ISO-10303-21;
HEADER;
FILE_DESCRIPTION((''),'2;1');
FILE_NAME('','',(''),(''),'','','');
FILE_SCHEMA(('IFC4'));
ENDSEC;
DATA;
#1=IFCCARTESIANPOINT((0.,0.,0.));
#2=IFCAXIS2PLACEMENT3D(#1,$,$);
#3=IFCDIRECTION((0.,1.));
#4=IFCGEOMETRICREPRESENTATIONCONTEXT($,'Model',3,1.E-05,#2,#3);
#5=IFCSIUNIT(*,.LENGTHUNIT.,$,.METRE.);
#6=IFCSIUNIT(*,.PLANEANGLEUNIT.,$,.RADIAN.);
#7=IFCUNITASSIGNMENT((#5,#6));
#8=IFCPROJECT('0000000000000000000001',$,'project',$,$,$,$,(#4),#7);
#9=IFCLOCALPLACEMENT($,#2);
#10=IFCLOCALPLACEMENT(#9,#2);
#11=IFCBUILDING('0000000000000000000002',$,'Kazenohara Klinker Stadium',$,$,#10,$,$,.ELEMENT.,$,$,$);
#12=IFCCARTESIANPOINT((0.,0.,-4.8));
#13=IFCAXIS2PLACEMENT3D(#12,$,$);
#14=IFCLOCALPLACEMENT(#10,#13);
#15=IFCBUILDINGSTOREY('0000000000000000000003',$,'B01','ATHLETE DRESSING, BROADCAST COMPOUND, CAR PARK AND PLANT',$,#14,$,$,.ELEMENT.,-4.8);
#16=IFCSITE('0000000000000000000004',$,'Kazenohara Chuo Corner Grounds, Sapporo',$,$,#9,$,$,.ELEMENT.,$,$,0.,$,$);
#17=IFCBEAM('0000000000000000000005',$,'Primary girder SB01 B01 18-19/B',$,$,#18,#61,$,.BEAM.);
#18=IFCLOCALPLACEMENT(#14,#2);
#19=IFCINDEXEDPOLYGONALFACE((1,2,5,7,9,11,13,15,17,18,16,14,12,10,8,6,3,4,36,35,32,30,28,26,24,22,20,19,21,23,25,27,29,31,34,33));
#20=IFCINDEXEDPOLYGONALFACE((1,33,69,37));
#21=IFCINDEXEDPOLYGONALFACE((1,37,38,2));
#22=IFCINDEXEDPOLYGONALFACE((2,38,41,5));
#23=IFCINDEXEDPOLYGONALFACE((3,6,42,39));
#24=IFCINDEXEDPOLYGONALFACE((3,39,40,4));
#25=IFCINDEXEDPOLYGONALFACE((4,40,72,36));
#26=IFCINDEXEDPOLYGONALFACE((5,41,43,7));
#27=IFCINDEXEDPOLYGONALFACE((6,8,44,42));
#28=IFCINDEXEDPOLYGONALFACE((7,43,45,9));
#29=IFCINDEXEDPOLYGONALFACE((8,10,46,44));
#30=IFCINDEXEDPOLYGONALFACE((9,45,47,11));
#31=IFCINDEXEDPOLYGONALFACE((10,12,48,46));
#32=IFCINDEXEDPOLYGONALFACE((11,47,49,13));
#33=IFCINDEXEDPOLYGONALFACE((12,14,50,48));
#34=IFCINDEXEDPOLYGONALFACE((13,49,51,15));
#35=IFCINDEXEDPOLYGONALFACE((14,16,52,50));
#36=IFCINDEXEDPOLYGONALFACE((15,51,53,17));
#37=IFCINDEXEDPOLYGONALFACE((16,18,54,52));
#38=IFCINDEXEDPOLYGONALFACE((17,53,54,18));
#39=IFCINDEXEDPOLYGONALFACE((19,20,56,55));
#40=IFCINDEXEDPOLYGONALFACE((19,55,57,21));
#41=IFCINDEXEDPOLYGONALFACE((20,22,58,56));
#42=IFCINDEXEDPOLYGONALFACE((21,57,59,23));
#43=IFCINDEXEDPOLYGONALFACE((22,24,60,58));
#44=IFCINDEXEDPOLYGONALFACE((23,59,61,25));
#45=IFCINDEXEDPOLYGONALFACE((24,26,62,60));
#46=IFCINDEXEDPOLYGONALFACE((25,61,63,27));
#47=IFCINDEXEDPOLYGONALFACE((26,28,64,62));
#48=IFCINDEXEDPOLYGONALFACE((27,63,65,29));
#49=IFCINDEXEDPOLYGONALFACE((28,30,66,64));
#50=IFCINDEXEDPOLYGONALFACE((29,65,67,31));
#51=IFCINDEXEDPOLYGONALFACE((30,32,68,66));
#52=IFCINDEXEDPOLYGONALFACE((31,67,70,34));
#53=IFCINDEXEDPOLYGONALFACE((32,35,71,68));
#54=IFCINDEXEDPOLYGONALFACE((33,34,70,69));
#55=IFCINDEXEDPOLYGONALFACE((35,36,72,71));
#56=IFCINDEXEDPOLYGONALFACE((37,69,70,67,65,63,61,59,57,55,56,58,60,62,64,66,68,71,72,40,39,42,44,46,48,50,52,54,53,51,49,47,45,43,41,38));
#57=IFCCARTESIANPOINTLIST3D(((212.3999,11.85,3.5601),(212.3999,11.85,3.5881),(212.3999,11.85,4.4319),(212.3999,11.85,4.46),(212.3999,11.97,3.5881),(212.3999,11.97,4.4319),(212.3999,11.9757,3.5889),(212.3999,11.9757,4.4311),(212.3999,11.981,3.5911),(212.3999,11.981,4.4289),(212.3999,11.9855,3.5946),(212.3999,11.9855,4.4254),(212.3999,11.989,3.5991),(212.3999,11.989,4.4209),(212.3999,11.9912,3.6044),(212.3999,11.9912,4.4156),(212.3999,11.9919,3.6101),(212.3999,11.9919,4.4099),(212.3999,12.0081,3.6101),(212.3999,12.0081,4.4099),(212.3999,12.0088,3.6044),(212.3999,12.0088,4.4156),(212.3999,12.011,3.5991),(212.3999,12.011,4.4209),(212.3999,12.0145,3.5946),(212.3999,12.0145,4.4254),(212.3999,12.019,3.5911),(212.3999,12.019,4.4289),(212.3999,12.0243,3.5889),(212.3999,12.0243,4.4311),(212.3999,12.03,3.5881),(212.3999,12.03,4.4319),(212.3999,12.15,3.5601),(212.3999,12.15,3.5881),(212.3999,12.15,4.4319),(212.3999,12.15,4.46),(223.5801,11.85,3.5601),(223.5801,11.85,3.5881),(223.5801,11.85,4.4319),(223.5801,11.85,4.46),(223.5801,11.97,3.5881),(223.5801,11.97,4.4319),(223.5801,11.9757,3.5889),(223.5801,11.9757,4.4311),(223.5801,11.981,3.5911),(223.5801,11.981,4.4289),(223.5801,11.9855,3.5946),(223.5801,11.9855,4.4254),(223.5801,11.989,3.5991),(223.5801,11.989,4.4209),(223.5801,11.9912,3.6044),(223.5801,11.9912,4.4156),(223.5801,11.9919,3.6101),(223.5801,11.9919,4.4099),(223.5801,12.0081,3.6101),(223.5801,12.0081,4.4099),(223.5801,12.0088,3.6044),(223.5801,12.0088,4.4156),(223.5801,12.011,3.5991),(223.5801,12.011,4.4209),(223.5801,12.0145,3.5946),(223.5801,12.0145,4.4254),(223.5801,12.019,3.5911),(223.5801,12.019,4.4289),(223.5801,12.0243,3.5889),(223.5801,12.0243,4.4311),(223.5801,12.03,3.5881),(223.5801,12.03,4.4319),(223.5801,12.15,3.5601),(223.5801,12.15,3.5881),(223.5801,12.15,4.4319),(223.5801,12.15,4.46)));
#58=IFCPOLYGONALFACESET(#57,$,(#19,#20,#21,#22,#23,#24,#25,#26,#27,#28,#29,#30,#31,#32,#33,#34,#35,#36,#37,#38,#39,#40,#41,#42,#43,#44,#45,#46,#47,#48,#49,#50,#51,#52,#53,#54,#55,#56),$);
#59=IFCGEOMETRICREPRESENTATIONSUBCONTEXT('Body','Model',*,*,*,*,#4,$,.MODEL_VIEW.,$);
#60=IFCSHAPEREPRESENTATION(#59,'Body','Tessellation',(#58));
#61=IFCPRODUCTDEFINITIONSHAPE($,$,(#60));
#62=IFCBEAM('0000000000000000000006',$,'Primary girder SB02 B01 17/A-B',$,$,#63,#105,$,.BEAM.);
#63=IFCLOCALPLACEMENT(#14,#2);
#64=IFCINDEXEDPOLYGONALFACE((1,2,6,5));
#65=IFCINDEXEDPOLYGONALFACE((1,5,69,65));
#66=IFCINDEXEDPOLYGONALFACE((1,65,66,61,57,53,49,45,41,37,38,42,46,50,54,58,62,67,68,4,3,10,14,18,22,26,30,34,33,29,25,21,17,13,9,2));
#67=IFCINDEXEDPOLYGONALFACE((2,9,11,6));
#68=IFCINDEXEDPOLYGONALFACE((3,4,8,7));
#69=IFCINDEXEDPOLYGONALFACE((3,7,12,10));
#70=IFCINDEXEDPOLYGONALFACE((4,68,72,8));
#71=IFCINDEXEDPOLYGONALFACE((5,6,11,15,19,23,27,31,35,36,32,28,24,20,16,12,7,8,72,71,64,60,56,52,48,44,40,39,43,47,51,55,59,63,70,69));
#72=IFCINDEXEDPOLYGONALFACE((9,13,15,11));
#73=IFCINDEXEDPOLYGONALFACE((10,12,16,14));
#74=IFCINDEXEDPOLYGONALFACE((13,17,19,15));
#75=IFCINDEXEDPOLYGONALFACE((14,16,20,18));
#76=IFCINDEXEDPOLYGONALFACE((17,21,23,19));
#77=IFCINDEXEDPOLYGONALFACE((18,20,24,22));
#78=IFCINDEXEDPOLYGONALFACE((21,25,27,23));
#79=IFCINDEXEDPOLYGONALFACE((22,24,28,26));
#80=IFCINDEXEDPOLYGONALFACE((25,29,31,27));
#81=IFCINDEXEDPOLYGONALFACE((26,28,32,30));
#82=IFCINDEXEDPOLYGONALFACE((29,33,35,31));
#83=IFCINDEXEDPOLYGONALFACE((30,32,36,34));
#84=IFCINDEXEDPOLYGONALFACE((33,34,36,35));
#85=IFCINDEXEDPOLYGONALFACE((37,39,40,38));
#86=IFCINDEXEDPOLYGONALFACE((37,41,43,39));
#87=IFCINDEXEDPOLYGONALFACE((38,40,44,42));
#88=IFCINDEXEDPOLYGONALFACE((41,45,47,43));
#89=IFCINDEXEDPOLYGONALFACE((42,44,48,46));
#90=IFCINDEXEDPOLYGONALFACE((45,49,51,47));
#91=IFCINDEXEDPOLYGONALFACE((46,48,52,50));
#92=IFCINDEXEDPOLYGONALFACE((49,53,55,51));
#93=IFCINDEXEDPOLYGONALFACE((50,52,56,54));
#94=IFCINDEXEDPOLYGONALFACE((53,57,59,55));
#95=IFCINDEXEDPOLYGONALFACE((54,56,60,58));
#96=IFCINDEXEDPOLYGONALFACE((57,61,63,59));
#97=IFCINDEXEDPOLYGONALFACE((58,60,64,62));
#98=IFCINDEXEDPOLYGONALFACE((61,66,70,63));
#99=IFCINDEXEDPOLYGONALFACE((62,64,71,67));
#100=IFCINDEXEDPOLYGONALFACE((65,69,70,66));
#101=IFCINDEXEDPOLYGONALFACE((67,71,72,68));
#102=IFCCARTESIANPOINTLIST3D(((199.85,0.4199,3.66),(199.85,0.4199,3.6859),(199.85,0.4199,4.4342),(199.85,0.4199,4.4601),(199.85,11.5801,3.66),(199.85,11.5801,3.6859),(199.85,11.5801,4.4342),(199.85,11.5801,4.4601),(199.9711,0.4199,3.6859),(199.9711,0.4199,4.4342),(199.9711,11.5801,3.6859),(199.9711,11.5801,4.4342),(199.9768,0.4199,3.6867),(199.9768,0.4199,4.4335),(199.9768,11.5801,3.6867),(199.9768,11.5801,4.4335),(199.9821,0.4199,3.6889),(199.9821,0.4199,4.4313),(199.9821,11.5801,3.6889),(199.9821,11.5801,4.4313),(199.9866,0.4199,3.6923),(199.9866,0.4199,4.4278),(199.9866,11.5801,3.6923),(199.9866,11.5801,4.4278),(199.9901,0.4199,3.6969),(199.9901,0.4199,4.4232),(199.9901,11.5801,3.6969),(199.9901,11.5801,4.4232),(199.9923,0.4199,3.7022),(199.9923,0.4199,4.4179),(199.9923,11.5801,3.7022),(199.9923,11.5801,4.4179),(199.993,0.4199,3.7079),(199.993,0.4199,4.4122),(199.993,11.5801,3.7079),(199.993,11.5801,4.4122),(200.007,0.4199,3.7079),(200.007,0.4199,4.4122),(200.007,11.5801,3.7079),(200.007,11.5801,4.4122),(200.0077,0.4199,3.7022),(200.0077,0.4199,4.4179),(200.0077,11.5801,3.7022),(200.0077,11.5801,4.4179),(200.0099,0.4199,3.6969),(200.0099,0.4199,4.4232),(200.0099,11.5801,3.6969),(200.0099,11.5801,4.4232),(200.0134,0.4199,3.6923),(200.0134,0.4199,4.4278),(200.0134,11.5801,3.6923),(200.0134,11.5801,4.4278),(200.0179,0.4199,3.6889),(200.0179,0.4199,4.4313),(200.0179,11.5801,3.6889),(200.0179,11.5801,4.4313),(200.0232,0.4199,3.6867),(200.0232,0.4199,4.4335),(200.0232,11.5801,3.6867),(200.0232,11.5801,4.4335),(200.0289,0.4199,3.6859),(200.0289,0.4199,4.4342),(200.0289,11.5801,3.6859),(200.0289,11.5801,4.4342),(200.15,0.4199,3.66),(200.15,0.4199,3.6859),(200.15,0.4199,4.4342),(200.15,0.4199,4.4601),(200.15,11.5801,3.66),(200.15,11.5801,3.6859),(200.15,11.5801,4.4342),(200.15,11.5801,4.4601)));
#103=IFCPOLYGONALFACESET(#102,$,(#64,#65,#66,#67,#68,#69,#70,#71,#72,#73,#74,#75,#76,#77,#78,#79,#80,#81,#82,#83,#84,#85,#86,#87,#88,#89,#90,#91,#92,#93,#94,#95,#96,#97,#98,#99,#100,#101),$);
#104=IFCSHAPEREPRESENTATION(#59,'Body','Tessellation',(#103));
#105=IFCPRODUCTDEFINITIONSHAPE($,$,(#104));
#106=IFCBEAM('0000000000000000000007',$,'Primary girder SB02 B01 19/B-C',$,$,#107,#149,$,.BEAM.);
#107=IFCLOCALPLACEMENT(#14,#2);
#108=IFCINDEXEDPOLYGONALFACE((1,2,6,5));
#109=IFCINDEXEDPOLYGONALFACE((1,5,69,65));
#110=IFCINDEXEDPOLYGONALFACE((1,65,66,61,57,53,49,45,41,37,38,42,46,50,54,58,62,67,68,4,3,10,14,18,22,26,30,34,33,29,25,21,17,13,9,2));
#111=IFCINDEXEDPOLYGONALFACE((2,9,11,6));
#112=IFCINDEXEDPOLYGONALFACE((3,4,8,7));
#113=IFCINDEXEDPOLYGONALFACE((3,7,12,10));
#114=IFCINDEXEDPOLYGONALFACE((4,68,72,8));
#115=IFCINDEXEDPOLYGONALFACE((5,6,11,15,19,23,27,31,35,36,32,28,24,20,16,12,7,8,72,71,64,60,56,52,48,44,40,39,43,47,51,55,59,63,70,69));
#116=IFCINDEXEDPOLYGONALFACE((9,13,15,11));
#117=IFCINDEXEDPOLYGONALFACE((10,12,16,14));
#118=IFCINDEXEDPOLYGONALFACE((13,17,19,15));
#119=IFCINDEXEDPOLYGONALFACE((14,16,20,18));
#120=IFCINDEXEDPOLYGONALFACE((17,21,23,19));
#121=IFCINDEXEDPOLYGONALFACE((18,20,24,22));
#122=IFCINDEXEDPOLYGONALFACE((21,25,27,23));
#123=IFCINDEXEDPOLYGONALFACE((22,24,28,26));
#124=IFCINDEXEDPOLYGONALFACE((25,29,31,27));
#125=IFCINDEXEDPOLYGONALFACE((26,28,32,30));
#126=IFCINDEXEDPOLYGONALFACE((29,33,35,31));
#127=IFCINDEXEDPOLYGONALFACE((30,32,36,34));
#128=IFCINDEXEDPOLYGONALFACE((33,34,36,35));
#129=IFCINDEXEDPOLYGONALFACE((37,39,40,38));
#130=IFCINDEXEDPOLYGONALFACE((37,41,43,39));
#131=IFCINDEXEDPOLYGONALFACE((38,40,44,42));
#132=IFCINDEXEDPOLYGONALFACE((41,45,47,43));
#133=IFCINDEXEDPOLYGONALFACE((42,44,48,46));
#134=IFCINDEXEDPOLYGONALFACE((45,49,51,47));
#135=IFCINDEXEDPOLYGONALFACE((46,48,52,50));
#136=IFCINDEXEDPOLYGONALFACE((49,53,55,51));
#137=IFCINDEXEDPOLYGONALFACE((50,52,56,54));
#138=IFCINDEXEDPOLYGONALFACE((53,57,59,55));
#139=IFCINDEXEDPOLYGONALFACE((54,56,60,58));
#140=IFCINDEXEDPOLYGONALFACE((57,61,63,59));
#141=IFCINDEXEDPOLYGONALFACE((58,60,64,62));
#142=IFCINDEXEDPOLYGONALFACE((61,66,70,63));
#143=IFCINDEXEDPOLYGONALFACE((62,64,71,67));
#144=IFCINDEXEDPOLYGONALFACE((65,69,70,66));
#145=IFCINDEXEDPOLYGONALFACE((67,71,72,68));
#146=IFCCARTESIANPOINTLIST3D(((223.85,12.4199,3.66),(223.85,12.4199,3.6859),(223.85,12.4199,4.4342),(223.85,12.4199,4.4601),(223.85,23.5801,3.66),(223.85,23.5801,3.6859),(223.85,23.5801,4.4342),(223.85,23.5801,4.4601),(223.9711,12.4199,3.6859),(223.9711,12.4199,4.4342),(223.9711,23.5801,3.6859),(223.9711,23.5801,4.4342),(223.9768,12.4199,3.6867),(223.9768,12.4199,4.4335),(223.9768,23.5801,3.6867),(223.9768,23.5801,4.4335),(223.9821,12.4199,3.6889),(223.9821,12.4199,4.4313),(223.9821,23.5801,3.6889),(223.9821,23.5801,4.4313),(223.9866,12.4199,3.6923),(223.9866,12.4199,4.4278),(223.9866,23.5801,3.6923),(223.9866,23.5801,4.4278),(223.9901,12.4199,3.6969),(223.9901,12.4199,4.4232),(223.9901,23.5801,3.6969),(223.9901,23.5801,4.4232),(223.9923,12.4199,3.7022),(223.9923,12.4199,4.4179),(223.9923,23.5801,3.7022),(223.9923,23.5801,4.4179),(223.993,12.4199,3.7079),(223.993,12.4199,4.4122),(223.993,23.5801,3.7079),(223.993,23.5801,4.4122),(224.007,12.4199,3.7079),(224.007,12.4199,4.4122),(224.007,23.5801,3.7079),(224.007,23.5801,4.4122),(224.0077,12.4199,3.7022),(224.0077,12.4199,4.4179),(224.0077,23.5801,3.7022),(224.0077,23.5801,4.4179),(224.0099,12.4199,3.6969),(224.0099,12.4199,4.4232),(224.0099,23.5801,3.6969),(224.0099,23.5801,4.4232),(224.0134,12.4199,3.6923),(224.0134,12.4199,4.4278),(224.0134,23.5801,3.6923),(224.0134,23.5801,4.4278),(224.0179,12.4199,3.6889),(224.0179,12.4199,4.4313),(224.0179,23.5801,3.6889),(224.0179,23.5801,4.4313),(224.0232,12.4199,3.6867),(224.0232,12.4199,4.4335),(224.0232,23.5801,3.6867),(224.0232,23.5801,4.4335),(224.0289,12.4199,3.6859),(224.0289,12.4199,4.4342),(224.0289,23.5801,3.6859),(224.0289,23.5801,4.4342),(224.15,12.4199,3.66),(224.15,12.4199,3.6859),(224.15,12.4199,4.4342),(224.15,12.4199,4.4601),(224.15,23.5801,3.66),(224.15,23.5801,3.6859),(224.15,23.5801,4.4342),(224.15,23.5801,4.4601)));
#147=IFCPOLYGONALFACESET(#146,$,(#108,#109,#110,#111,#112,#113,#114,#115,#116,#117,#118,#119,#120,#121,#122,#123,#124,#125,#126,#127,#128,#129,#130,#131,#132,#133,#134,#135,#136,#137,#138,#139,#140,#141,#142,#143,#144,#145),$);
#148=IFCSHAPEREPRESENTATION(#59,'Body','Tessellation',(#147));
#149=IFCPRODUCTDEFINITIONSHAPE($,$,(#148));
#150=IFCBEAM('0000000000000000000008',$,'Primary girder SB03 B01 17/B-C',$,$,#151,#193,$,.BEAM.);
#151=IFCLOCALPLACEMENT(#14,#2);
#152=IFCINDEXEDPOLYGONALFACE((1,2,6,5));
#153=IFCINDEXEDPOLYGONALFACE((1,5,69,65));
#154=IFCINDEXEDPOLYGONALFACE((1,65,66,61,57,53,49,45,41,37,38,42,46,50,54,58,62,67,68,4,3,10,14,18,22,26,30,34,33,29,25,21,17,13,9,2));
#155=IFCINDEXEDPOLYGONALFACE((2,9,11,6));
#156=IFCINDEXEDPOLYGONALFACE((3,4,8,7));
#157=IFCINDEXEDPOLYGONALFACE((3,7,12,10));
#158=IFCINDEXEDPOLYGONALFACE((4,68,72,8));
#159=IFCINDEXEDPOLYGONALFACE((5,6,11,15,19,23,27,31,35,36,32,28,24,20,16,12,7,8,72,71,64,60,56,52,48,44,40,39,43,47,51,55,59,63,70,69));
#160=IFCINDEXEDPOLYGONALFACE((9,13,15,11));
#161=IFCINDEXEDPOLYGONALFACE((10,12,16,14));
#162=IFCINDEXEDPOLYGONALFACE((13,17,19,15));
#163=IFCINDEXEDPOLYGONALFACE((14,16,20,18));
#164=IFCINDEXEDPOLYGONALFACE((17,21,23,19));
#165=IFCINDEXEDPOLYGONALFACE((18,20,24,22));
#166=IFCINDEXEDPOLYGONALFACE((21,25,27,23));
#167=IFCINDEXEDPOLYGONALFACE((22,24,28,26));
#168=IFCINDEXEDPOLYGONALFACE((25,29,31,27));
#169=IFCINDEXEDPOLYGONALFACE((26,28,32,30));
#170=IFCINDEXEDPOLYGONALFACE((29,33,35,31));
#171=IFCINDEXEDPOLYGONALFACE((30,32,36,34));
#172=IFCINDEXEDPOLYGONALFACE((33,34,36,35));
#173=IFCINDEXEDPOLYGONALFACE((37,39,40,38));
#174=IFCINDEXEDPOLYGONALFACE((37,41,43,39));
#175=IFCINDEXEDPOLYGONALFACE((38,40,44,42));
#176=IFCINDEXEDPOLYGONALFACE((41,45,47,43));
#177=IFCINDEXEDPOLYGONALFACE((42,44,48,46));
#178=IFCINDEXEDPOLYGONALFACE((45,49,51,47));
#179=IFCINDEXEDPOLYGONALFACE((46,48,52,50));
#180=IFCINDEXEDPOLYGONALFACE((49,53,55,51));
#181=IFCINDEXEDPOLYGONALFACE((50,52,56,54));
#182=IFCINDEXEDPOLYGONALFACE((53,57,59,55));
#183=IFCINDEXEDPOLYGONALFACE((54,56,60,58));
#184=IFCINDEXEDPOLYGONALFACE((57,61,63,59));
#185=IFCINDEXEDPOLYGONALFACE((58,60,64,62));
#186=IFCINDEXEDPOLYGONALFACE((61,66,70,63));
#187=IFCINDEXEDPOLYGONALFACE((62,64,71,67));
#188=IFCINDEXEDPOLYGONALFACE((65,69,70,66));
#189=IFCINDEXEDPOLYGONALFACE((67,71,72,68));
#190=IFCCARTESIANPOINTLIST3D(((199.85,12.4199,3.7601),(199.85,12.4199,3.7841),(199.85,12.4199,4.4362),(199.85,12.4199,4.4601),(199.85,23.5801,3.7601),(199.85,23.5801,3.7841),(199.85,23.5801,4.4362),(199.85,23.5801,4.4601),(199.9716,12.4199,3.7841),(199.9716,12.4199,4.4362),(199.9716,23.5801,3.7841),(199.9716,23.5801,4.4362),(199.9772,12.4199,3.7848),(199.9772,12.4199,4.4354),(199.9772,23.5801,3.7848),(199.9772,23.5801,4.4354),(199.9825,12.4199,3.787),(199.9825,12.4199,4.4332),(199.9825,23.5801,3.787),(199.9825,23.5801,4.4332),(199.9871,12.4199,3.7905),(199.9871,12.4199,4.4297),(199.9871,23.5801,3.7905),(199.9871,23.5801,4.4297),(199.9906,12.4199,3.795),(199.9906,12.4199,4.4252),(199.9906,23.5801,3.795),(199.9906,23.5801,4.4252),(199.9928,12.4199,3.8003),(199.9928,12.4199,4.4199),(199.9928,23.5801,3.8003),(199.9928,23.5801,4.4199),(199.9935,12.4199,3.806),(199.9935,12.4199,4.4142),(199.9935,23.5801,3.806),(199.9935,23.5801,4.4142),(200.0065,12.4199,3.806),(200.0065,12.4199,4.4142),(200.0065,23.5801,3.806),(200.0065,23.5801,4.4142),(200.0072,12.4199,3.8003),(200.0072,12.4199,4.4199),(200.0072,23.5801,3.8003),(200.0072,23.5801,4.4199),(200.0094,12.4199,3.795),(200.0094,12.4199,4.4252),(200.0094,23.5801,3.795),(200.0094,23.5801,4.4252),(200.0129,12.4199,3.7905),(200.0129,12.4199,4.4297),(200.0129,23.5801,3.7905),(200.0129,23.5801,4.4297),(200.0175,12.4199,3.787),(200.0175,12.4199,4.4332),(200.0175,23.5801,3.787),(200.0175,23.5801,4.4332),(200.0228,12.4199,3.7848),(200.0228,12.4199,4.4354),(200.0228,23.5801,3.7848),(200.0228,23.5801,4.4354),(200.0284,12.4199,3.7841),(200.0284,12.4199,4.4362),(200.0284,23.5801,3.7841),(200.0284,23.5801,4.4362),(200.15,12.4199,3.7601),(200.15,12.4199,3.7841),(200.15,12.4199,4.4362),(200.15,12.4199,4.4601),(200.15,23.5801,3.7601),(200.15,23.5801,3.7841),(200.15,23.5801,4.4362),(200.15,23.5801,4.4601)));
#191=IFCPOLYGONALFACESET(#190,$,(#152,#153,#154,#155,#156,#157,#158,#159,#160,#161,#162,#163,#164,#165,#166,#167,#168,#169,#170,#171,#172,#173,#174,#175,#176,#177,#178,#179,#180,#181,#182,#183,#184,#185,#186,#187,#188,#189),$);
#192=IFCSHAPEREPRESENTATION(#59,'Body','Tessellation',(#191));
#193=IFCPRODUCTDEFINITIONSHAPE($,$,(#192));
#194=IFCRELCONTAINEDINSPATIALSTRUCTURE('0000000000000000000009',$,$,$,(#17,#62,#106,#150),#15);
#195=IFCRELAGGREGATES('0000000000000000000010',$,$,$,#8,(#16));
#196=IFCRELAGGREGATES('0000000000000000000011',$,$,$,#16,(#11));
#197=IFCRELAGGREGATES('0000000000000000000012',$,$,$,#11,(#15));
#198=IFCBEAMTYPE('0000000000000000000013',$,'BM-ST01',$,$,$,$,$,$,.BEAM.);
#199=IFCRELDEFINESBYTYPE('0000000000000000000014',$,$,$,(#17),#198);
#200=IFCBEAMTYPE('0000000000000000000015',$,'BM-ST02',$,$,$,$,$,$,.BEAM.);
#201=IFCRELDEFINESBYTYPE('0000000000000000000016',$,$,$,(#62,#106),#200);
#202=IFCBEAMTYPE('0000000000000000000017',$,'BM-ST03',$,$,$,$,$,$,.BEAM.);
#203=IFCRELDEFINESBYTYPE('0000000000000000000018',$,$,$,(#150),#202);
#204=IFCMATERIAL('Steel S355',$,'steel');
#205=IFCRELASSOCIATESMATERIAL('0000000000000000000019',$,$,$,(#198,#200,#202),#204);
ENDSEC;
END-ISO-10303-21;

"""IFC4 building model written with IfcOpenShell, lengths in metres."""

from ifc_helpers import new_model, si_unit, direction, frame, origin, origin_2d, place, context, subcontext, project, spatial, i_section, extrude, material, material_profile, profile_set, type_object, element, save


model = new_model("IFC4")

# Units and contexts
model_context = context("Model", 3, precision=1e-05, world=origin(), true_north=direction((0.0, 1.0)))
body_context = subcontext(model_context, "Body", "Model", "MODEL_VIEW")
ifc_project = project(units=[si_unit("LENGTHUNIT", "METRE"), si_unit("PLANEANGLEUNIT", "RADIAN")], contexts=[model_context])

# Site, building, storey
site_placement = place(None, origin())
site = spatial("IfcSite", under=ifc_project, at=site_placement, Name="Kazenohara Chuo Corner Grounds, Sapporo", CompositionType="ELEMENT", RefElevation=0.0)
building_placement = place(site_placement, origin())
building = spatial("IfcBuilding", under=site, at=building_placement, Name="Kazenohara Klinker Stadium", CompositionType="ELEMENT")
storey_placement = place(building_placement, frame((0.0, 0.0, -4.8)))
storey = spatial("IfcBuildingStorey", under=building, at=storey_placement, Name="B01", Description="ATHLETE DRESSING, BROADCAST COMPOUND, CAR PARK AND PLANT", CompositionType="ELEMENT", Elevation=-4.8)

# Beams
ifc_material_1 = material(Name="Steel S355", Category="steel")
ifc_material_profile_1 = material_profile(ifc_material_1, i_section(OverallWidth=0.3, OverallDepth=0.8999, WebThickness=0.0161, FlangeThickness=0.0281, FilletRadius=0.022, at=origin_2d()), Name="H-900x300x16x28")
ifc_profile_set_1 = profile_set([ifc_material_profile_1], Name="Steel S355")
beam_type_1 = type_object("IfcBeamType", Name="BM-ST01", PredefinedType="BEAM", material=ifc_profile_set_1)
beam_1_placement = place(storey_placement, frame((212.3999, 12.0, 4.01), z_axis=(1.0, 0.0, 0.0), x_axis=(0.0, 1.0, 0.0)))
element("IfcBeam", 1, at=beam_1_placement, inside=storey, type_object=beam_type_1, Name="Primary girder SB01 B01 18-19/B", PredefinedType="BEAM", context=body_context, shape_type="SweptSolid", body=[
    extrude(i_section(OverallWidth=0.3, OverallDepth=0.8999, WebThickness=0.0161, FlangeThickness=0.0281, FilletRadius=0.022, at=origin_2d()), origin(), (0.0, 0.0, 1.0), 11.1802),
])
ifc_material_profile_2 = material_profile(ifc_material_1, i_section(OverallWidth=0.3, OverallDepth=0.8, WebThickness=0.0139, FlangeThickness=0.0259, FilletRadius=0.022, at=origin_2d()), Name="H-800x300x14x26")
ifc_profile_set_2 = profile_set([ifc_material_profile_2], Name="Steel S355")
beam_type_2 = type_object("IfcBeamType", Name="BM-ST02", PredefinedType="BEAM", material=ifc_profile_set_2)
for number, where, z_axis, x_axis, name in (
    (2, (200.0, 0.4199, 4.0601), (0.0, 1.0, 0.0), (-1.0, 0.0, 0.0), "Primary girder SB02 B01 17/A-B"),
    (3, (224.0, 12.4199, 4.0601), (0.0, 1.0, 0.0), (-1.0, 0.0, 0.0), "Primary girder SB02 B01 19/B-C"),
):
    element("IfcBeam", number, at=place(storey_placement, frame(where, z_axis=z_axis, x_axis=x_axis)), inside=storey, type_object=beam_type_2, Name=name, PredefinedType="BEAM", context=body_context, shape_type="SweptSolid", body=[
        extrude(i_section(OverallWidth=0.3, OverallDepth=0.8, WebThickness=0.0139, FlangeThickness=0.0259, FilletRadius=0.022, at=origin_2d()), origin(), (0.0, 0.0, 1.0), 11.1602),
    ])
ifc_material_profile_3 = material_profile(ifc_material_1, i_section(OverallWidth=0.3, OverallDepth=0.7, WebThickness=0.0129, FlangeThickness=0.0239, FilletRadius=0.022, at=origin_2d()), Name="H-700x300x13x24")
ifc_profile_set_3 = profile_set([ifc_material_profile_3], Name="Steel S355")
beam_type_3 = type_object("IfcBeamType", Name="BM-ST03", PredefinedType="BEAM", material=ifc_profile_set_3)
for number, where, z_axis, x_axis, name in (
    (4, (200.0, 12.4199, 4.1101), (0.0, 1.0, 0.0), (-1.0, 0.0, 0.0), "Primary girder SB03 B01 17/B-C"),
):
    element("IfcBeam", number, at=place(storey_placement, frame(where, z_axis=z_axis, x_axis=x_axis)), inside=storey, type_object=beam_type_3, Name=name, PredefinedType="BEAM", context=body_context, shape_type="SweptSolid", body=[
        extrude(i_section(OverallWidth=0.3, OverallDepth=0.7, WebThickness=0.0129, FlangeThickness=0.0239, FilletRadius=0.022, at=origin_2d()), origin(), (0.0, 0.0, 1.0), 11.1602),
    ])

save(model, "model.ifc")
